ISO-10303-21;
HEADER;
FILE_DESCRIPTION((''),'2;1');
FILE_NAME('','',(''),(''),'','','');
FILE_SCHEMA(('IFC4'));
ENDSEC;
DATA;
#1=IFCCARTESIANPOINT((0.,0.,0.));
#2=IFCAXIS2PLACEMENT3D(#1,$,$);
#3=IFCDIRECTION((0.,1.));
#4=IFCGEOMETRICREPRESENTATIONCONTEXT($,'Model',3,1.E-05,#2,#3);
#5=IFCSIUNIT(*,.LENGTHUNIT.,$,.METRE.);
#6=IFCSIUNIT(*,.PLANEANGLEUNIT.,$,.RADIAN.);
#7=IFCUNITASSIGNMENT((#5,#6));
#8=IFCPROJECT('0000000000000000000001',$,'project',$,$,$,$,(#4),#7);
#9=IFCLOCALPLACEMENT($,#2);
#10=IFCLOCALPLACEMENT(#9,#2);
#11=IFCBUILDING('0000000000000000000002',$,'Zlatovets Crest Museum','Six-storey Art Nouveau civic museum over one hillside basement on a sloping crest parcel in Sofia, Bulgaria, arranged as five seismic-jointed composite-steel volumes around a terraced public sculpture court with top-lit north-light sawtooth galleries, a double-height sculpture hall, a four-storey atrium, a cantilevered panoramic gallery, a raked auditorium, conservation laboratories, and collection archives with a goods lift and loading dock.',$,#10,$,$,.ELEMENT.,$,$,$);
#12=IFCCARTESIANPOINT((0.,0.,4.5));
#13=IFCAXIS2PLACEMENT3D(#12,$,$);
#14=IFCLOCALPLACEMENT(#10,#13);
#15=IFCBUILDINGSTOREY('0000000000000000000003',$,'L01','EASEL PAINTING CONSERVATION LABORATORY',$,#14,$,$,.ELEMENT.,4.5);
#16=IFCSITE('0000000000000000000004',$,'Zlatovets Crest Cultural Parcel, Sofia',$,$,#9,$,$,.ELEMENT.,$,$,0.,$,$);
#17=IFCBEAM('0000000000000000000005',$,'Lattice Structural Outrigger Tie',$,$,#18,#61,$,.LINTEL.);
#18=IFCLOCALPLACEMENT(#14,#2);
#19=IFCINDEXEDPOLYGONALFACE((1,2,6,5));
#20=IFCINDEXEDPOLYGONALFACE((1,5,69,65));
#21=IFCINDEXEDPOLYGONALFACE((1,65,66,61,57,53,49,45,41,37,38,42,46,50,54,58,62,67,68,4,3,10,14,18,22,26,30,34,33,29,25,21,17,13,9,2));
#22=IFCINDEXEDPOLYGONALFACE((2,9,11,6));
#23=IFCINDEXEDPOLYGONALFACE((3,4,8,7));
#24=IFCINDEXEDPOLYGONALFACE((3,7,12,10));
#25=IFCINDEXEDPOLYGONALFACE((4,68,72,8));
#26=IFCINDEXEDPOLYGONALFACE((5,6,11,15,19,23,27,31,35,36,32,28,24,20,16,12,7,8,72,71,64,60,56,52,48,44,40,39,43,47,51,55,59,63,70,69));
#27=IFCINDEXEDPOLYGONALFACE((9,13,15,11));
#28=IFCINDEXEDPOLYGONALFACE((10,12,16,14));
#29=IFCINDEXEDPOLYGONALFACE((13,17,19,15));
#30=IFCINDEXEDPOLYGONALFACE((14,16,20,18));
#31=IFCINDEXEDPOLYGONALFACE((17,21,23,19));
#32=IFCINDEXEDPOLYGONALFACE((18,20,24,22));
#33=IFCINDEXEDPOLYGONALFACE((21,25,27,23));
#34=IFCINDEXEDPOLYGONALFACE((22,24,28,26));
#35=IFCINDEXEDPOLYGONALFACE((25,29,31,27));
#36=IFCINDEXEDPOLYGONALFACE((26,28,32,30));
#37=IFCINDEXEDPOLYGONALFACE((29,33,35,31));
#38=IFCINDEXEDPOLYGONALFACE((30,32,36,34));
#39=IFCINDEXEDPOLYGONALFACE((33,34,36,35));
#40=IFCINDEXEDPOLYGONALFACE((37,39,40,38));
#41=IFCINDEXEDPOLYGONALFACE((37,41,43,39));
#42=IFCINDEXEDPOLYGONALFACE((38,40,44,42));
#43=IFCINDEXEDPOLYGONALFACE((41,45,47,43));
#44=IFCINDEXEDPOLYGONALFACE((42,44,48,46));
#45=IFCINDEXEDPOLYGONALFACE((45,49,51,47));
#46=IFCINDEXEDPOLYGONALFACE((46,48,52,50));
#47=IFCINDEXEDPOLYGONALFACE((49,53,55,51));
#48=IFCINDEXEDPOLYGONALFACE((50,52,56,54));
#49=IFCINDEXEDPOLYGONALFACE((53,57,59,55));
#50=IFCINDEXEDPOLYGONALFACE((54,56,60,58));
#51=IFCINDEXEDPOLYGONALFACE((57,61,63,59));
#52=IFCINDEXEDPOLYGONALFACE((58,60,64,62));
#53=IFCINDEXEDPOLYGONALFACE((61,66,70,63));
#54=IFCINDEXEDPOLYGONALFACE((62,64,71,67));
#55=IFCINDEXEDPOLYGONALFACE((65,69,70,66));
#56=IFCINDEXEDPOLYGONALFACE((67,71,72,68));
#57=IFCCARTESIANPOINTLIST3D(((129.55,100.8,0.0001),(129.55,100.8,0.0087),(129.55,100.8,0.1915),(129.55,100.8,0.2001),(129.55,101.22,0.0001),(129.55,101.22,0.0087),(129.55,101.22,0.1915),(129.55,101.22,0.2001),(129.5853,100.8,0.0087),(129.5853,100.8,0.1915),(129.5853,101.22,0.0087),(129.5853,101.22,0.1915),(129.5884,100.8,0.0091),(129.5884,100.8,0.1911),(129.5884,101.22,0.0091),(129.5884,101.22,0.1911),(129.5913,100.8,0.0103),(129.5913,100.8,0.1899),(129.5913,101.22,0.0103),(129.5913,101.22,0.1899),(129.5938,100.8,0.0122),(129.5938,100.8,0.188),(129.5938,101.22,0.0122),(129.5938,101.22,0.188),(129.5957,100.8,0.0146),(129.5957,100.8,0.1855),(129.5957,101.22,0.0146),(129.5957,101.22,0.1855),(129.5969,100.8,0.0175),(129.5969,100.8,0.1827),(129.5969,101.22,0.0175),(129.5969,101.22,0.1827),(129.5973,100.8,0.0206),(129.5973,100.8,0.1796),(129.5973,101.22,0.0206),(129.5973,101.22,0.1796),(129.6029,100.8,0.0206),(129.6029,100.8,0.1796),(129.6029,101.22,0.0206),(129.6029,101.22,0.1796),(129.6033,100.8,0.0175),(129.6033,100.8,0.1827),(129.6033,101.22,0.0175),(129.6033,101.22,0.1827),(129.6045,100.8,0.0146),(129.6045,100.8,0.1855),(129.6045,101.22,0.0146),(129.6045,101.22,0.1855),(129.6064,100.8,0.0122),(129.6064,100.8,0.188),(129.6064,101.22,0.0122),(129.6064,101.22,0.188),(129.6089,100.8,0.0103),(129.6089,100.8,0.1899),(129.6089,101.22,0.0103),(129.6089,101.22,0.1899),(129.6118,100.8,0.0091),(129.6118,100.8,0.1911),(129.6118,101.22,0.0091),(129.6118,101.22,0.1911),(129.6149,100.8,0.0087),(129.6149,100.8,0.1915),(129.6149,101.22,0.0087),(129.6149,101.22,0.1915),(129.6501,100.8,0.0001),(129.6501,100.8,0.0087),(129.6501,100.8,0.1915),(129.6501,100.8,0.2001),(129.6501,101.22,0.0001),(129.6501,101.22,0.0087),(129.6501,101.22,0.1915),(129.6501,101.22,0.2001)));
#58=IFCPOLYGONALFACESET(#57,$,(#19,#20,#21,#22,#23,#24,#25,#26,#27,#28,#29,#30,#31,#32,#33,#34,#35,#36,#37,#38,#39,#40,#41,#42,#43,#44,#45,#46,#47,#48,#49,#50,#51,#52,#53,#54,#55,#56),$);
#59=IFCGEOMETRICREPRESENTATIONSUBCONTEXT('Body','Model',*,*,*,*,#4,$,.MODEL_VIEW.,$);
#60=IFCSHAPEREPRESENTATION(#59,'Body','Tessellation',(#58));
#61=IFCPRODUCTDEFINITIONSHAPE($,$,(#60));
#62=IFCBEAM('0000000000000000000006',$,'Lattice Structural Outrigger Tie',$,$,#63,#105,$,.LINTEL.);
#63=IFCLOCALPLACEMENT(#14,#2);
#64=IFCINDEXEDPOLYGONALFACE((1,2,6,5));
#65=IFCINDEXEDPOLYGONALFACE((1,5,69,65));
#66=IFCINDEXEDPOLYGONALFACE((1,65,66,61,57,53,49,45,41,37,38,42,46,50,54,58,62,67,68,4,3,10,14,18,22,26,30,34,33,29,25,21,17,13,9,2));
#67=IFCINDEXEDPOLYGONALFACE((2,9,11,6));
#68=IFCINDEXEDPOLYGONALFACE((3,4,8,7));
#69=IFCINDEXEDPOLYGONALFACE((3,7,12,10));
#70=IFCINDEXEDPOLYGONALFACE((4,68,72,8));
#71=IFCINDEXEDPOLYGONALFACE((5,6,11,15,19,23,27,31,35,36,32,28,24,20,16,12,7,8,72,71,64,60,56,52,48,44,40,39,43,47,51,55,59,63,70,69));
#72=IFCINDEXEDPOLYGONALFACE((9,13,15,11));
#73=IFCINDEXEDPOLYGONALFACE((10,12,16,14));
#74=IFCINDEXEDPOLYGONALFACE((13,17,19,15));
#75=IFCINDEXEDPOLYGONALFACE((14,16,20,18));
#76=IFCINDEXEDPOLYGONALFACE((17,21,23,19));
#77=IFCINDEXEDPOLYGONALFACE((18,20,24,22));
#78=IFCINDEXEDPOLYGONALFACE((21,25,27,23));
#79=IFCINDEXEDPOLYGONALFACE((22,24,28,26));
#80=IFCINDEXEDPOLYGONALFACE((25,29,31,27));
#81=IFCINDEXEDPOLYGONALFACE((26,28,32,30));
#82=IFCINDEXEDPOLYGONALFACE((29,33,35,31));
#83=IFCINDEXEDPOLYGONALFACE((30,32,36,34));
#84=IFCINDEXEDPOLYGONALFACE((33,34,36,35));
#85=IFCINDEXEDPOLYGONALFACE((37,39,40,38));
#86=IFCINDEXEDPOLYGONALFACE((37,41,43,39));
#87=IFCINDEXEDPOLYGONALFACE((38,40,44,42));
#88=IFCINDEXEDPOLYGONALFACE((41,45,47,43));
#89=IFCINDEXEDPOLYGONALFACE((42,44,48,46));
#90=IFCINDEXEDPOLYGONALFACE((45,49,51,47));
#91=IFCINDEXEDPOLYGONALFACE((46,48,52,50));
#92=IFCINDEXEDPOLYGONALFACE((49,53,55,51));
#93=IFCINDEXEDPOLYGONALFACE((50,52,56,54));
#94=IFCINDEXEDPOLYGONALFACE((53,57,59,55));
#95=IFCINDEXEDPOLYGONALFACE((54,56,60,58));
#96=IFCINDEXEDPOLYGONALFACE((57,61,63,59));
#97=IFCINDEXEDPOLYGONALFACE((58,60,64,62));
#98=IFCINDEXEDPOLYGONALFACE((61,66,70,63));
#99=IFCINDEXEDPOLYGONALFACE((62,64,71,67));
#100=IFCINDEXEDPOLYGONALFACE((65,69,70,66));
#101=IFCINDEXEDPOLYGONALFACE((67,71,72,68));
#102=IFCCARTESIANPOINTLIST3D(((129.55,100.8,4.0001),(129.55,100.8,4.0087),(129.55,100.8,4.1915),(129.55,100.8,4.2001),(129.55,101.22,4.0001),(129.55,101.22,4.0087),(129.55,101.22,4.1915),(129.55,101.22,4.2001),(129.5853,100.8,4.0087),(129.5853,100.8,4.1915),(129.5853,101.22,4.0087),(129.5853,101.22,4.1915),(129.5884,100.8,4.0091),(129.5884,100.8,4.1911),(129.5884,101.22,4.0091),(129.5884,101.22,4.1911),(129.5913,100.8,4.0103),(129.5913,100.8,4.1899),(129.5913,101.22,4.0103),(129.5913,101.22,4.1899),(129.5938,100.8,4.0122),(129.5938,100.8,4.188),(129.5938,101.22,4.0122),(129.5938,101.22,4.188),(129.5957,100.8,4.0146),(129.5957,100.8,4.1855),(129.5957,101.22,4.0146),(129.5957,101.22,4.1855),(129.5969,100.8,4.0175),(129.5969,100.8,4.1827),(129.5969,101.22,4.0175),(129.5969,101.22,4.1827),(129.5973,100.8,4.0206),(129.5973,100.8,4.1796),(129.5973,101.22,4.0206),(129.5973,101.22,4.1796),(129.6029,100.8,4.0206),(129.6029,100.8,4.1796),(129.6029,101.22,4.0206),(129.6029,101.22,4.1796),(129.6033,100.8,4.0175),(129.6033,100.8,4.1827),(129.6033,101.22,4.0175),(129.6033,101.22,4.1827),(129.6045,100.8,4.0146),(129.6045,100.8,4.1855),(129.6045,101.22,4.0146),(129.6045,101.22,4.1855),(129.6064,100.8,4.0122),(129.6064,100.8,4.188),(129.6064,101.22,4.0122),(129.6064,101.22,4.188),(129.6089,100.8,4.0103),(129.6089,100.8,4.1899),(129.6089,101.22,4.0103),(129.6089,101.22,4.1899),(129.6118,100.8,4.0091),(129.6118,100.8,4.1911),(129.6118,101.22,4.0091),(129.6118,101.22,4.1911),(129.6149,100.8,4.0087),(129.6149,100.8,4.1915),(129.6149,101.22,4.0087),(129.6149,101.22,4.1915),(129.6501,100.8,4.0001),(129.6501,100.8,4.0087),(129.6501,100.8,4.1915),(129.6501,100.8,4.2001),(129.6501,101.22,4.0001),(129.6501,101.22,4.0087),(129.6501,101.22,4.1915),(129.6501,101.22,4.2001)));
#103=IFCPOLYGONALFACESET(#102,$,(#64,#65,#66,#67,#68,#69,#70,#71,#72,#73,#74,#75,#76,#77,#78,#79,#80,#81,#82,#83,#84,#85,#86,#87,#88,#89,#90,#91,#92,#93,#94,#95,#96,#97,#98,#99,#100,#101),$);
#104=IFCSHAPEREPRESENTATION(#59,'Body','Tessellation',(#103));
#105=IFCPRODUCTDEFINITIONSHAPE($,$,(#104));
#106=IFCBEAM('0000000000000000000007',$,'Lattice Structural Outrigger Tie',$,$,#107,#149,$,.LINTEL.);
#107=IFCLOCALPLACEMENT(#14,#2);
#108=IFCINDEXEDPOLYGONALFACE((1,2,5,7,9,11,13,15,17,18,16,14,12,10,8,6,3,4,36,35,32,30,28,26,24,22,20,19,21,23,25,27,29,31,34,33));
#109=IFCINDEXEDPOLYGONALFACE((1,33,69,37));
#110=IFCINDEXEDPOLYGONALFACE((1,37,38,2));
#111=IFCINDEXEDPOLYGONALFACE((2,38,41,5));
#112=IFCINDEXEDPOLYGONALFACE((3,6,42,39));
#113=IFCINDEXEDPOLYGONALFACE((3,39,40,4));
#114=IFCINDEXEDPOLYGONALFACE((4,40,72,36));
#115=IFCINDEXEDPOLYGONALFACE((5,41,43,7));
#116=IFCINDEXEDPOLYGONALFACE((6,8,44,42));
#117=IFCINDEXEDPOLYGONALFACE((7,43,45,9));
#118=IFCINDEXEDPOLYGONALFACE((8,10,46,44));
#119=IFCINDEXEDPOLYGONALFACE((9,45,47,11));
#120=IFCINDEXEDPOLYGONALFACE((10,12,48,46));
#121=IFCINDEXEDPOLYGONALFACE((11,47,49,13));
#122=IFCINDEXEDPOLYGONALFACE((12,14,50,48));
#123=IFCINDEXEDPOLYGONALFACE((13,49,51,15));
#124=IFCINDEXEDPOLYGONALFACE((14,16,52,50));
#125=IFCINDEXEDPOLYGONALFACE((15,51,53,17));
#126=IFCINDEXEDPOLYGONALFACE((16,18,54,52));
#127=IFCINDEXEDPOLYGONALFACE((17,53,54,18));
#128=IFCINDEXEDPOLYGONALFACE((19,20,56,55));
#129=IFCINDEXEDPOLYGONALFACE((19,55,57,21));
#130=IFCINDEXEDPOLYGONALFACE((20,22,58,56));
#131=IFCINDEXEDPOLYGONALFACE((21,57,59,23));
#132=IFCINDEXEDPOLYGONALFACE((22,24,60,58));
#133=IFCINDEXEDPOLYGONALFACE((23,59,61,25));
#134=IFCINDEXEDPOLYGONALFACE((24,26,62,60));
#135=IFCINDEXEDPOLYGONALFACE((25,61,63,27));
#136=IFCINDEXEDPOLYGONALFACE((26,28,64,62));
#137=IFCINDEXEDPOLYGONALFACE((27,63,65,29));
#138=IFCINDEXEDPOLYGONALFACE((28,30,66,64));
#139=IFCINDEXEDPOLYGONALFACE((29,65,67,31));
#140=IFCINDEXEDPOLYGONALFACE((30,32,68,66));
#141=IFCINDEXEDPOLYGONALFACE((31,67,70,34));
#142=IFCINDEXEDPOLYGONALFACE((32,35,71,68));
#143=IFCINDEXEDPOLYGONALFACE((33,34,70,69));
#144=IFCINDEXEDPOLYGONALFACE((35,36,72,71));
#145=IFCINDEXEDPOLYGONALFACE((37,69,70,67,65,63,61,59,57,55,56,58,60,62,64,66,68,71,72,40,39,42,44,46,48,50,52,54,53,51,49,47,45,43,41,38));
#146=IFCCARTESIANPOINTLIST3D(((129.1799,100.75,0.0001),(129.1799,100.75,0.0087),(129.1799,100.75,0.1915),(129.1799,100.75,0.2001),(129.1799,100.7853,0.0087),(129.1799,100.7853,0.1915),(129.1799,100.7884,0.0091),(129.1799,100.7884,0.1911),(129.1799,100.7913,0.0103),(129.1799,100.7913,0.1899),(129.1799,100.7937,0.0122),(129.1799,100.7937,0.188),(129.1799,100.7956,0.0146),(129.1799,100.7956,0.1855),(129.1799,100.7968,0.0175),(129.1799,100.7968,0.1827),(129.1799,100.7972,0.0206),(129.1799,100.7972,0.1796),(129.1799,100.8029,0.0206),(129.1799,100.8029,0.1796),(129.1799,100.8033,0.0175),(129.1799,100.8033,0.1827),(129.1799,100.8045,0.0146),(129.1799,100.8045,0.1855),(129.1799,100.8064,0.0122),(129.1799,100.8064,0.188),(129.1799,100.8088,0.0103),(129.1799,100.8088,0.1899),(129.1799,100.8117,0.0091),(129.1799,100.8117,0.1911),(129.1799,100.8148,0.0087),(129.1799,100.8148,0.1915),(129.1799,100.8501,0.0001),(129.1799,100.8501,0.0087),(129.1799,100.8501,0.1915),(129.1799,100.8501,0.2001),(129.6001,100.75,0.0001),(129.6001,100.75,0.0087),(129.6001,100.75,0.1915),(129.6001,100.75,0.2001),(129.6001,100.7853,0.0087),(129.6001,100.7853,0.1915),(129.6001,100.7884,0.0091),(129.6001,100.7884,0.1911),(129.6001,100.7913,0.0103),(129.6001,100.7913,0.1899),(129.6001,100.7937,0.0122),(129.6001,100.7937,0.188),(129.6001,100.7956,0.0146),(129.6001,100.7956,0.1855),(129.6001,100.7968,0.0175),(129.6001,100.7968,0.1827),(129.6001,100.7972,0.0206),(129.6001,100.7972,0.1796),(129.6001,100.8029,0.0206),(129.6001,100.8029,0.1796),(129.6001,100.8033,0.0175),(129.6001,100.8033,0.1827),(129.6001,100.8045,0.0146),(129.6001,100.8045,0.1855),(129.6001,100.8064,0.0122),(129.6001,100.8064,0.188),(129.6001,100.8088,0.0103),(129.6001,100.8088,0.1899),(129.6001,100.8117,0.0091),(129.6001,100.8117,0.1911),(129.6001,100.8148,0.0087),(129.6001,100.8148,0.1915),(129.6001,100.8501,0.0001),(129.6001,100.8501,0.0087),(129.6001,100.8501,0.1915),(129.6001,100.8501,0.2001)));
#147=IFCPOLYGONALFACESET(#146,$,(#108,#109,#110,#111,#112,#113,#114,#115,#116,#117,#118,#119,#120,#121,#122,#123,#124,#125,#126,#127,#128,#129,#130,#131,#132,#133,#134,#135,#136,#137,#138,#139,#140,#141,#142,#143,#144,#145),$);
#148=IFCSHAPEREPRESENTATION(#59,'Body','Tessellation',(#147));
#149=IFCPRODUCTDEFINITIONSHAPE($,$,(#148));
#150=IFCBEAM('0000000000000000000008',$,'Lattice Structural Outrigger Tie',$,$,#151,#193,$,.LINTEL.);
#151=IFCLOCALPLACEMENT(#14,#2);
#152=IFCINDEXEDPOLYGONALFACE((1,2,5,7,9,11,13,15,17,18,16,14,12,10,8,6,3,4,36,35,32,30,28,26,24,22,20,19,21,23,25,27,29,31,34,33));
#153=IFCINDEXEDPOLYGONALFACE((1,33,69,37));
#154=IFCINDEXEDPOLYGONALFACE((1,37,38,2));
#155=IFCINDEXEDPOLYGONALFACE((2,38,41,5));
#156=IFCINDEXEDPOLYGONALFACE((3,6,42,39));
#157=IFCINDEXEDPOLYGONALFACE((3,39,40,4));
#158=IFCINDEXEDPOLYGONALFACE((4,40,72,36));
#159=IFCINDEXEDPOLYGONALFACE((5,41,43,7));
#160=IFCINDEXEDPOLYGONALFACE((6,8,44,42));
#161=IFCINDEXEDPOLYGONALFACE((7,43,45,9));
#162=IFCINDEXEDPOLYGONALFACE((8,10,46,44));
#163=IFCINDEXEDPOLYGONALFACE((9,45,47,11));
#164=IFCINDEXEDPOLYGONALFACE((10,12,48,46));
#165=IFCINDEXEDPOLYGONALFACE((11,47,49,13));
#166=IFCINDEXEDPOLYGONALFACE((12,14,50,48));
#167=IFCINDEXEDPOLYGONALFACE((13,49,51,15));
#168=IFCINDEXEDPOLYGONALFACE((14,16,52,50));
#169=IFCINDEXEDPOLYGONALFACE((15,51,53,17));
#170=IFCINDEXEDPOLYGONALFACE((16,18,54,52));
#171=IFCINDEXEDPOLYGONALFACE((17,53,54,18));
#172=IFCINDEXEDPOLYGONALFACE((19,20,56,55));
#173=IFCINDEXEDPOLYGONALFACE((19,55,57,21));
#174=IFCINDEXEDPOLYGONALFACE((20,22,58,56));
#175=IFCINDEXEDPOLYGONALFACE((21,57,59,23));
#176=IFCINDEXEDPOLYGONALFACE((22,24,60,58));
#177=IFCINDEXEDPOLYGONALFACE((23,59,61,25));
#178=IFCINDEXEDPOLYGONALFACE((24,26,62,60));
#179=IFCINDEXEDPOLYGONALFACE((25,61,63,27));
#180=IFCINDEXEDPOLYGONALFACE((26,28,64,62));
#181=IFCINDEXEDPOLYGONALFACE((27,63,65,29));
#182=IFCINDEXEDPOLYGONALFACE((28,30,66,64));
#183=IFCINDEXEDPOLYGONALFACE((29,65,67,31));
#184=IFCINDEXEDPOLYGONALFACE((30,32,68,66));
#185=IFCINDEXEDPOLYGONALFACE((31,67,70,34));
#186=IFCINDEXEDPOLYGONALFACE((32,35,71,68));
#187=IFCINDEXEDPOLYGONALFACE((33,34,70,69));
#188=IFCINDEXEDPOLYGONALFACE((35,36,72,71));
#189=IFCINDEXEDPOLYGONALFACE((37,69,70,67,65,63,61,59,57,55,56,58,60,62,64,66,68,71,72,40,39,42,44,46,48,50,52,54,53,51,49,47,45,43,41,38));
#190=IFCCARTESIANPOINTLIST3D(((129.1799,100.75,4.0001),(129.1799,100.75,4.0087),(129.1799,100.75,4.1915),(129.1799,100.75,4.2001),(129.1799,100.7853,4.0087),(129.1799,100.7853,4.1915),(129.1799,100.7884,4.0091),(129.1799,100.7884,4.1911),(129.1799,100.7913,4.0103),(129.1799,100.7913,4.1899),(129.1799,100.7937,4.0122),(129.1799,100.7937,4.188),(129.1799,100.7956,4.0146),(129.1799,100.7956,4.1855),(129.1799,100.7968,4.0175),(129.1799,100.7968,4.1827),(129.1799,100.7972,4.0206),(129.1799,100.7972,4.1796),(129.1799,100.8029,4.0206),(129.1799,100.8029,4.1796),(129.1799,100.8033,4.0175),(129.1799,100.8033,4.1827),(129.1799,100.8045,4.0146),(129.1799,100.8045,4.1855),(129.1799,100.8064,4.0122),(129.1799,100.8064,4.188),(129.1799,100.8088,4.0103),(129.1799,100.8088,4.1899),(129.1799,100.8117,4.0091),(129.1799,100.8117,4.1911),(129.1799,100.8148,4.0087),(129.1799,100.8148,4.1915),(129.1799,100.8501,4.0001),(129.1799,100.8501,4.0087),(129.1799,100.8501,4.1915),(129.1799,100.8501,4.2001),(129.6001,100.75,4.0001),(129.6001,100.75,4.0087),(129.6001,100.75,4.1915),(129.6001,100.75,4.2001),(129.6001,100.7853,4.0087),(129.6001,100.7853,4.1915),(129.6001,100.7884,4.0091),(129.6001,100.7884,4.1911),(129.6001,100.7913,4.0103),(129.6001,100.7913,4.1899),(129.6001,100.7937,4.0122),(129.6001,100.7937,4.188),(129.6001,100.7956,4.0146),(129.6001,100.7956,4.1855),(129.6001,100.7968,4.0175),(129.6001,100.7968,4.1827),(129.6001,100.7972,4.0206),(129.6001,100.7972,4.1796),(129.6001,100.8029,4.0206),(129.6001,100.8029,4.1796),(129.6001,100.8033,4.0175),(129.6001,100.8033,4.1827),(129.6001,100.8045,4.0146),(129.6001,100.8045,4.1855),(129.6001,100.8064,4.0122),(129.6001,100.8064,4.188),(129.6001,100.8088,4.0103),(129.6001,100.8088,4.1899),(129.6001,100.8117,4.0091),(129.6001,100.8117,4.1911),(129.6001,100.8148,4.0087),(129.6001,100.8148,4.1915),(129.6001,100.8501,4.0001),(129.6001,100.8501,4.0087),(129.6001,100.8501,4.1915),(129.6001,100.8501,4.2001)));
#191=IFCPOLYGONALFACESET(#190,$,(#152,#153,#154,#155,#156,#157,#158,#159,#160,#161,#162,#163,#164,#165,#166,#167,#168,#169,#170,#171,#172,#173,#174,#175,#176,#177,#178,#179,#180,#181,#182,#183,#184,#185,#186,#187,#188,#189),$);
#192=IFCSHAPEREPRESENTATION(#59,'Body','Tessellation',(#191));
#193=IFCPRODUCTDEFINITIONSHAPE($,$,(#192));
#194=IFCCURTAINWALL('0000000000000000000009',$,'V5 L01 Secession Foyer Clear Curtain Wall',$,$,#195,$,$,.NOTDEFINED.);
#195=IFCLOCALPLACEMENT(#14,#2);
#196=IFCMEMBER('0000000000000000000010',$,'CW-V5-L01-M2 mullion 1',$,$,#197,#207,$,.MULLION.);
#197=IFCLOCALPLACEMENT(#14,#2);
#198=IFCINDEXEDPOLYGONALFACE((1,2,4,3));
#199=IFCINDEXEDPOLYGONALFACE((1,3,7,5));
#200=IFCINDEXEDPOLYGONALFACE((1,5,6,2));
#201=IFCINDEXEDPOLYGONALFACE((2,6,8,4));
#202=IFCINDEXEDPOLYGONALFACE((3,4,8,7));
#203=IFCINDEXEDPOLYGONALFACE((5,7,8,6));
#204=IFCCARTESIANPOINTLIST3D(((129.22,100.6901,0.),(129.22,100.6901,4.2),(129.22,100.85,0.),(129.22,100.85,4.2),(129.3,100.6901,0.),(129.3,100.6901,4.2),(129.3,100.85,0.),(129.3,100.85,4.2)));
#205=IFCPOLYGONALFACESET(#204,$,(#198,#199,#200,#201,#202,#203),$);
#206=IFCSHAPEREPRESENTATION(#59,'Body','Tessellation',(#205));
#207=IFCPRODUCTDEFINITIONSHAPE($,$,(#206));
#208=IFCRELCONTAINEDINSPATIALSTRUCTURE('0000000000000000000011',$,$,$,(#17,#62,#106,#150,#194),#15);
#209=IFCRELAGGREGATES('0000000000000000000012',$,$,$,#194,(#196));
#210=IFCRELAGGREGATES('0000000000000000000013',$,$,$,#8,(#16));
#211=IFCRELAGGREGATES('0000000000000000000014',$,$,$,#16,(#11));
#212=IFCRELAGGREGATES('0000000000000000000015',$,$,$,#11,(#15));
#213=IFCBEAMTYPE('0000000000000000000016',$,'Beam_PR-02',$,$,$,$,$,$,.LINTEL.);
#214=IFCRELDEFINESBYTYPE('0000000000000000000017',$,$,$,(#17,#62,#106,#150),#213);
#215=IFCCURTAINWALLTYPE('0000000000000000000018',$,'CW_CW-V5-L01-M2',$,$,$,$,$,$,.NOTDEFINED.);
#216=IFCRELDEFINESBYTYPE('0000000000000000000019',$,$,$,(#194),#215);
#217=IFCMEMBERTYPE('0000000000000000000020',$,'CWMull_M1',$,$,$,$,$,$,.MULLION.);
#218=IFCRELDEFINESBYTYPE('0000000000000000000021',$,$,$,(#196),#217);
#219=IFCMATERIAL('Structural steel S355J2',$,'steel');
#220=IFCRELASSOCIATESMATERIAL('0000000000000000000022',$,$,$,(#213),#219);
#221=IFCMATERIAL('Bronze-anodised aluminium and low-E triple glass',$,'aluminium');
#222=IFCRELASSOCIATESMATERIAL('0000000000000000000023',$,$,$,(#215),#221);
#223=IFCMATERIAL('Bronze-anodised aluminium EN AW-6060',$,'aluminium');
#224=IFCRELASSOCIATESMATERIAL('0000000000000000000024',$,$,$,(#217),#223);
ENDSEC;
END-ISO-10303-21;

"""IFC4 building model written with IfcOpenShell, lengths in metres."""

from ifc_helpers import new_model, si_unit, direction, frame, origin, origin_2d, place, context, subcontext, project, spatial, rectangle, i_section, extrude, material, material_profile, profile_set, type_object, element, aggregate, save


model = new_model("IFC4")

# Units and contexts
model_context = context("Model", 3, precision=1e-05, world=origin(), true_north=direction((0.0, 1.0)))
body_context = subcontext(model_context, "Body", "Model", "MODEL_VIEW")
ifc_project = project(units=[si_unit("LENGTHUNIT", "METRE"), si_unit("PLANEANGLEUNIT", "RADIAN")], contexts=[model_context])

# Site, building, storey
site_placement = place(None, origin())
site = spatial("IfcSite", under=ifc_project, at=site_placement, Name="Zlatovets Crest Cultural Parcel, Sofia", CompositionType="ELEMENT", RefElevation=0.0)
building_placement = place(site_placement, origin())
building = spatial("IfcBuilding", under=site, at=building_placement, Name="Zlatovets Crest Museum", Description="Six-storey Art Nouveau civic museum over one hillside basement on a sloping crest parcel in Sofia, Bulgaria, arranged as five seismic-jointed composite-steel volumes around a terraced public sculpture court with top-lit north-light sawtooth galleries, a double-height sculpture hall, a four-storey atrium, a cantilevered panoramic gallery, a raked auditorium, conservation laboratories, and collection archives with a goods lift and loading dock.", CompositionType="ELEMENT")
storey_placement = place(building_placement, frame((0.0, 0.0, 4.5)))
storey = spatial("IfcBuildingStorey", under=building, at=storey_placement, Name="L01", Description="EASEL PAINTING CONSERVATION LABORATORY", CompositionType="ELEMENT", Elevation=4.5)

# Shared definitions
ifc_material_1 = material(Name="Structural steel S355J2", Category="steel")

# Beams
ifc_material_profile_1 = material_profile(ifc_material_1, i_section(OverallWidth=0.1001, OverallDepth=0.2, WebThickness=0.0056, FlangeThickness=0.0085, FilletRadius=0.012, at=origin_2d()), Name="IPE 200")
ifc_profile_set_1 = profile_set([ifc_material_profile_1], Name="Structural steel S355J2")
beam_type_1 = type_object("IfcBeamType", Name="Beam_PR-02", PredefinedType="LINTEL", material=ifc_profile_set_1)
for number, where, z_axis, x_axis, name in (
    (1, (129.6001, 100.8, 0.1001), (0.0, 1.0, 0.0), (-1.0, 0.0, 0.0), "Lattice Structural Outrigger Tie"),
    (2, (129.6001, 100.8, 4.1001), (0.0, 1.0, 0.0), (-1.0, 0.0, 0.0), "Lattice Structural Outrigger Tie"),
):
    element("IfcBeam", number, at=place(storey_placement, frame(where, z_axis=z_axis, x_axis=x_axis)), inside=storey, type_object=beam_type_1, Name=name, PredefinedType="LINTEL", context=body_context, shape_type="SweptSolid", body=[
        extrude(i_section(OverallWidth=0.1001, OverallDepth=0.2, WebThickness=0.0056, FlangeThickness=0.0085, FilletRadius=0.012, at=origin_2d()), origin(), (0.0, 0.0, 1.0), 0.4199),
    ])
for number, where, z_axis, x_axis, name in (
    (3, (129.6001, 100.8, 0.1001), (-1.0, 0.0, 0.0), (0.0, -1.0, 0.0), "Lattice Structural Outrigger Tie"),
    (4, (129.6001, 100.8, 4.1001), (-1.0, 0.0, 0.0), (0.0, -1.0, 0.0), "Lattice Structural Outrigger Tie"),
):
    element("IfcBeam", number, at=place(storey_placement, frame(where, z_axis=z_axis, x_axis=x_axis)), inside=storey, type_object=beam_type_1, Name=name, PredefinedType="LINTEL", context=body_context, shape_type="SweptSolid", body=[
        extrude(i_section(OverallWidth=0.1001, OverallDepth=0.2, WebThickness=0.0056, FlangeThickness=0.0085, FilletRadius=0.012, at=origin_2d()), origin(), (0.0, 0.0, 1.0), 0.4202),
    ])

# Curtain wall, member
ifc_material_2 = material(Name="Bronze-anodised aluminium and low-E triple glass", Category="aluminium")
curtain_wall_type = type_object("IfcCurtainWallType", Name="CW_CW-V5-L01-M2", PredefinedType="NOTDEFINED", material=ifc_material_2)
curtain_wall_placement = place(storey_placement, origin())
curtain_wall = element("IfcCurtainWall", 5, at=curtain_wall_placement, inside=storey, type_object=curtain_wall_type, Name="V5 L01 Secession Foyer Clear Curtain Wall", PredefinedType="NOTDEFINED")
ifc_material_3 = material(Name="Bronze-anodised aluminium EN AW-6060", Category="aluminium")
ifc_material_profile_2 = material_profile(ifc_material_3, rectangle(XDim=0.0801, YDim=0.1599, at=origin_2d()), Name="ALU 80x160")
ifc_profile_set_2 = profile_set([ifc_material_profile_2], Name="Bronze-anodised aluminium EN AW-6060")
member_type_1 = type_object("IfcMemberType", Name="CWMull_M1", PredefinedType="MULLION", material=ifc_profile_set_2)
member_1_placement = place(storey_placement, frame((129.26, 100.77, 0.0), z_axis=(0.0, 0.0, 1.0), x_axis=(1.0, 0.0, 0.0)))
member_1 = element("IfcMember", 6, at=member_1_placement, type_object=member_type_1, Name="CW-V5-L01-M2 mullion 1", PredefinedType="MULLION", context=body_context, shape_type="SweptSolid", body=[
    extrude(rectangle(XDim=0.0801, YDim=0.1599, at=origin_2d()), origin(), (0.0, 0.0, 1.0), 4.2),
])

aggregate(curtain_wall, [member_1])

save(model, "model.ifc")
